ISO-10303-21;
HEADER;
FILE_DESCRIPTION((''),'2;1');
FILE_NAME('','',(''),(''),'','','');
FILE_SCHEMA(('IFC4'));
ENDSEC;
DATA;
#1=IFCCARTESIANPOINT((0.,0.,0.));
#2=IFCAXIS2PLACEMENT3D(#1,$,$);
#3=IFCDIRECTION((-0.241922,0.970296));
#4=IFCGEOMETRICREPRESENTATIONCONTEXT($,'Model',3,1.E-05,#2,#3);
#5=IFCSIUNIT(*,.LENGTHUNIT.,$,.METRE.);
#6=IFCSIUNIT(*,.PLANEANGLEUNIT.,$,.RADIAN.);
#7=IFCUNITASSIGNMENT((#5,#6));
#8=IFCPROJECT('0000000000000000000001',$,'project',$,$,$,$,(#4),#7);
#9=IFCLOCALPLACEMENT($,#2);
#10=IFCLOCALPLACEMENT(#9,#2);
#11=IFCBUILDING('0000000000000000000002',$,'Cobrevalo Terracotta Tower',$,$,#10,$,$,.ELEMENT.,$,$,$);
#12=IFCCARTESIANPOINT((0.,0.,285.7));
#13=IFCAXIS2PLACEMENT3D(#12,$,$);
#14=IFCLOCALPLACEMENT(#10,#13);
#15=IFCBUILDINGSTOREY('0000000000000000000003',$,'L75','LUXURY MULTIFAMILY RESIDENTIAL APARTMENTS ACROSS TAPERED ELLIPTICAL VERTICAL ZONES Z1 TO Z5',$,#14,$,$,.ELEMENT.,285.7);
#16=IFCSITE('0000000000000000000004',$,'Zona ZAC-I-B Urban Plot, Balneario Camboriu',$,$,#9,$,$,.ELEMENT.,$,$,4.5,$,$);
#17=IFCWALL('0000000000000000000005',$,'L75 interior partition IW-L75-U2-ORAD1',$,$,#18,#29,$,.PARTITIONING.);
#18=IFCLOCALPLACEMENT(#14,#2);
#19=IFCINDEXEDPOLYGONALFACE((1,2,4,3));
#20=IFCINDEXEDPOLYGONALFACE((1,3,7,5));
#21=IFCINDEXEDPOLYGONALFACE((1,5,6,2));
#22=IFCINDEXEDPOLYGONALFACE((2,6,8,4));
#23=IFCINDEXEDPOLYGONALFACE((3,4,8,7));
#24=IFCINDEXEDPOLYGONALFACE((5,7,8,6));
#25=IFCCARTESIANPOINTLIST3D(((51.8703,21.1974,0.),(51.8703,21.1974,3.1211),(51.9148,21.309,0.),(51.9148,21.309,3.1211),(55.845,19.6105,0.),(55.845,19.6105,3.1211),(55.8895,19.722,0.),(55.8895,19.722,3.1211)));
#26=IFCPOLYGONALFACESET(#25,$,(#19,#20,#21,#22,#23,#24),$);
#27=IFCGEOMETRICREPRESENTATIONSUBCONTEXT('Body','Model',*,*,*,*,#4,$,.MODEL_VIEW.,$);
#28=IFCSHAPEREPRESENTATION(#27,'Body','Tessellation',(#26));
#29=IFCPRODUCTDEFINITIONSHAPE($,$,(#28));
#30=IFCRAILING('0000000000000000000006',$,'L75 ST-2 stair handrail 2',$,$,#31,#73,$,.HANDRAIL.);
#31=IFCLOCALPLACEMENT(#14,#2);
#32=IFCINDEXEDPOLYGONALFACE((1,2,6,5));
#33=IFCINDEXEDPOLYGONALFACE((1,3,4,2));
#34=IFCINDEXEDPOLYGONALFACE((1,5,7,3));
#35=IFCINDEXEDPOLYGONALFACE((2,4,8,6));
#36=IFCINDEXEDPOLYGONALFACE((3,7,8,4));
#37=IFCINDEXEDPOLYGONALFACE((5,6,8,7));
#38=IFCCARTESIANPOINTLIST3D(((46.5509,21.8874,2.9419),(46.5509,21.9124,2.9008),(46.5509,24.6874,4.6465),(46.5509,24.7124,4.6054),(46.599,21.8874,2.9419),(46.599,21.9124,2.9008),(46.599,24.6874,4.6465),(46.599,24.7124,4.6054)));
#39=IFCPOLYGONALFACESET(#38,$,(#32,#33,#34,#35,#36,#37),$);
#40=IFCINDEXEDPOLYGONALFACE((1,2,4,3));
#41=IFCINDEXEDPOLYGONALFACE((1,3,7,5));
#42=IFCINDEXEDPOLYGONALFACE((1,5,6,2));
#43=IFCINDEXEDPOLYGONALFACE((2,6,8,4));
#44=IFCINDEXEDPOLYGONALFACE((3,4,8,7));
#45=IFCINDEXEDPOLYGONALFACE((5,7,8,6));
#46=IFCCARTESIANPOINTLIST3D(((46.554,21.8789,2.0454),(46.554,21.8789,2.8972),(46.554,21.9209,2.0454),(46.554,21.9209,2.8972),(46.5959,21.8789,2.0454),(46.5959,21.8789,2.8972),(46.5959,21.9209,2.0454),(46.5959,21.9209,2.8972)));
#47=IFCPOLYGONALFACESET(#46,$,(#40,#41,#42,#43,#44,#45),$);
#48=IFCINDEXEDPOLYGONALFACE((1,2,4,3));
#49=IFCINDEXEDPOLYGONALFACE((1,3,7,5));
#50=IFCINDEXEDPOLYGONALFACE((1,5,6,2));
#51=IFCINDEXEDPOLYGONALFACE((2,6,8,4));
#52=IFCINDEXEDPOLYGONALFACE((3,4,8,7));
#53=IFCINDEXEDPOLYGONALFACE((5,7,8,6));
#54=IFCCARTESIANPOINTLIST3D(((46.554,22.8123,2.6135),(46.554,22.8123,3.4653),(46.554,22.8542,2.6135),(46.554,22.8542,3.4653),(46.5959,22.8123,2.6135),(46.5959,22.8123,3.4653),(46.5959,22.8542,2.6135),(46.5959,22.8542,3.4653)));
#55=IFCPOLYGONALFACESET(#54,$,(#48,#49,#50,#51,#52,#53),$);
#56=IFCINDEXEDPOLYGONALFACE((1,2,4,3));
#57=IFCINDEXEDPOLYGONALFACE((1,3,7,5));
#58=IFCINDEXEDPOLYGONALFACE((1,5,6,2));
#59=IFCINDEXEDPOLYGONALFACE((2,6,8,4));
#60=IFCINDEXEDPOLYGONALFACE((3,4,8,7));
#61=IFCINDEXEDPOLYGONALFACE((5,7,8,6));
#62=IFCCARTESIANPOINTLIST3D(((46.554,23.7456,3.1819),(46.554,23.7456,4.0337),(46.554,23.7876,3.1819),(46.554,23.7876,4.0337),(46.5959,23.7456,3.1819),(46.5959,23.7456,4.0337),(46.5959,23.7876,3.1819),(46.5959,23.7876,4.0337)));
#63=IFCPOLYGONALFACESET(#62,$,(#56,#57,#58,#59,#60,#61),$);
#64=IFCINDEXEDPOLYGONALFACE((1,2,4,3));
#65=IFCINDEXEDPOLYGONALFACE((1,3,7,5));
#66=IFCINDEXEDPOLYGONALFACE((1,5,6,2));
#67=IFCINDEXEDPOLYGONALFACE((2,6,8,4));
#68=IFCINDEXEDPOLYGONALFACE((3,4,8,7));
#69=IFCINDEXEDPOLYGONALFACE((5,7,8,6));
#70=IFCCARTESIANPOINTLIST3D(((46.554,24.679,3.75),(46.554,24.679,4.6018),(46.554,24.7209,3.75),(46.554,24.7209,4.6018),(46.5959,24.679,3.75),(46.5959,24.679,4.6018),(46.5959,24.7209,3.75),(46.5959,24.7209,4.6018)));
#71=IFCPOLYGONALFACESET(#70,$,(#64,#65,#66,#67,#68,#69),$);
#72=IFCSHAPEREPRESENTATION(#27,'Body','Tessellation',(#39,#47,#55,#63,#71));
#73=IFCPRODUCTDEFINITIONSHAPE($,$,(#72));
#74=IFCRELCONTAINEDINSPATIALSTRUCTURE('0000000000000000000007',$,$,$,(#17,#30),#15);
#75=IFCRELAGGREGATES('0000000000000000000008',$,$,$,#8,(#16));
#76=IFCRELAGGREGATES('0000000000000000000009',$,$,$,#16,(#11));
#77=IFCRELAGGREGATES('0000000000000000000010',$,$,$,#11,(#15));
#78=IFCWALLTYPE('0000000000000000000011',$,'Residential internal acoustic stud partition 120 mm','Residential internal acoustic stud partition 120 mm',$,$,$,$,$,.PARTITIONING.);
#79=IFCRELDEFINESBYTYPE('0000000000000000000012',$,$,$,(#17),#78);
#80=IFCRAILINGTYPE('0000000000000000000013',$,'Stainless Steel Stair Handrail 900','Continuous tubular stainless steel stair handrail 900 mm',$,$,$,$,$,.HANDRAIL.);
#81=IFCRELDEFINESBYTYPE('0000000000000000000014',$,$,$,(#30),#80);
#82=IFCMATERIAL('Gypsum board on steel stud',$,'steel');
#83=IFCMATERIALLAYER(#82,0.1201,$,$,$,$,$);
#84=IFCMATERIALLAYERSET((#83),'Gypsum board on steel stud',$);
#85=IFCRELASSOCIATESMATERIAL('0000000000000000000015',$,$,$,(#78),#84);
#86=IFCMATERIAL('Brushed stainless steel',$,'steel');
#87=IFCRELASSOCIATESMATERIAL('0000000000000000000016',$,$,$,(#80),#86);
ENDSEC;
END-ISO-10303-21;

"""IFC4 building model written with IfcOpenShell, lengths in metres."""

from ifc_helpers import new_model, si_unit, direction, frame, frame_2d, origin, origin_2d, place, context, subcontext, project, spatial, rectangle, extrude, material, layer, layer_set, type_object, element, save


model = new_model("IFC4")

# Units and contexts
model_context = context("Model", 3, precision=1e-05, world=origin(), true_north=direction((-0.241922, 0.970296)))
body_context = subcontext(model_context, "Body", "Model", "MODEL_VIEW")
ifc_project = project(units=[si_unit("LENGTHUNIT", "METRE"), si_unit("PLANEANGLEUNIT", "RADIAN")], contexts=[model_context])

# Site, building, storey
site_placement = place(None, origin())
site = spatial("IfcSite", under=ifc_project, at=site_placement, Name="Zona ZAC-I-B Urban Plot, Balneario Camboriu", CompositionType="ELEMENT", RefElevation=4.5)
building_placement = place(site_placement, origin())
building = spatial("IfcBuilding", under=site, at=building_placement, Name="Cobrevalo Terracotta Tower", CompositionType="ELEMENT")
storey_placement = place(building_placement, frame((0.0, 0.0, 285.7)))
storey = spatial("IfcBuildingStorey", under=building, at=storey_placement, Name="L75", Description="LUXURY MULTIFAMILY RESIDENTIAL APARTMENTS ACROSS TAPERED ELLIPTICAL VERTICAL ZONES Z1 TO Z5", CompositionType="ELEMENT", Elevation=285.7)

# Wall
ifc_material_1 = material(Name="Gypsum board on steel stud", Category="steel")
ifc_layer_1 = layer(ifc_material_1, 0.1201)
ifc_layer_set_1 = layer_set([ifc_layer_1], Name="Gypsum board on steel stud")
wall_type_1 = type_object("IfcWallType", Name="Residential internal acoustic stud partition 120 mm", Description="Residential internal acoustic stud partition 120 mm", PredefinedType="PARTITIONING", material=ifc_layer_set_1)
wall_1_placement = place(storey_placement, frame((51.8926, 21.2532, 0.0), z_axis=(0.0, 0.0, 1.0), x_axis=(0.928713, -0.3708, 0.0)))
element("IfcWall", 1, at=wall_1_placement, inside=storey, type_object=wall_type_1, Name="L75 interior partition IW-L75-U2-ORAD1", PredefinedType="PARTITIONING", context=body_context, shape_type="SweptSolid", body=[
    extrude(rectangle(XDim=4.2798, YDim=0.1201, at=frame_2d((2.1399, 0.0))), origin(), (0.0, 0.0, 1.0), 3.1211),
])

# Railing
ifc_material_2 = material(Name="Brushed stainless steel", Category="steel")
railing_type = type_object("IfcRailingType", Name="Stainless Steel Stair Handrail 900", Description="Continuous tubular stainless steel stair handrail 900 mm", PredefinedType="HANDRAIL", material=ifc_material_2)
railing_placement = place(storey_placement, frame((46.575, 21.8999, 2.0454)))
element("IfcRailing", 2, at=railing_placement, inside=storey, type_object=railing_type, Name="L75 ST-2 stair handrail 2", PredefinedType="HANDRAIL", context=body_context, shape_type="SweptSolid", body=[
    extrude(rectangle(XDim=0.0481, YDim=0.0481, at=origin_2d()), frame((0.0, 0.0, 0.876), z_axis=(0.0, 0.85417, 0.519994), x_axis=(-1.0, 0.0, 0.0)), (0.0, 0.0, 1.0), 3.2781),
    extrude(rectangle(XDim=0.042, YDim=0.042, at=origin_2d()), origin(), (0.0, 0.0, 1.0), 0.8518),
    extrude(rectangle(XDim=0.042, YDim=0.042, at=origin_2d()), frame((0.0, 0.9333, 0.5681)), (0.0, 0.0, 1.0), 0.8518),
    extrude(rectangle(XDim=0.042, YDim=0.042, at=origin_2d()), frame((0.0, 1.8667, 1.1365)), (0.0, 0.0, 1.0), 0.8518),
    extrude(rectangle(XDim=0.042, YDim=0.042, at=origin_2d()), frame((0.0, 2.8, 1.7046)), (0.0, 0.0, 1.0), 0.8518),
])

save(model, "model.ifc")
